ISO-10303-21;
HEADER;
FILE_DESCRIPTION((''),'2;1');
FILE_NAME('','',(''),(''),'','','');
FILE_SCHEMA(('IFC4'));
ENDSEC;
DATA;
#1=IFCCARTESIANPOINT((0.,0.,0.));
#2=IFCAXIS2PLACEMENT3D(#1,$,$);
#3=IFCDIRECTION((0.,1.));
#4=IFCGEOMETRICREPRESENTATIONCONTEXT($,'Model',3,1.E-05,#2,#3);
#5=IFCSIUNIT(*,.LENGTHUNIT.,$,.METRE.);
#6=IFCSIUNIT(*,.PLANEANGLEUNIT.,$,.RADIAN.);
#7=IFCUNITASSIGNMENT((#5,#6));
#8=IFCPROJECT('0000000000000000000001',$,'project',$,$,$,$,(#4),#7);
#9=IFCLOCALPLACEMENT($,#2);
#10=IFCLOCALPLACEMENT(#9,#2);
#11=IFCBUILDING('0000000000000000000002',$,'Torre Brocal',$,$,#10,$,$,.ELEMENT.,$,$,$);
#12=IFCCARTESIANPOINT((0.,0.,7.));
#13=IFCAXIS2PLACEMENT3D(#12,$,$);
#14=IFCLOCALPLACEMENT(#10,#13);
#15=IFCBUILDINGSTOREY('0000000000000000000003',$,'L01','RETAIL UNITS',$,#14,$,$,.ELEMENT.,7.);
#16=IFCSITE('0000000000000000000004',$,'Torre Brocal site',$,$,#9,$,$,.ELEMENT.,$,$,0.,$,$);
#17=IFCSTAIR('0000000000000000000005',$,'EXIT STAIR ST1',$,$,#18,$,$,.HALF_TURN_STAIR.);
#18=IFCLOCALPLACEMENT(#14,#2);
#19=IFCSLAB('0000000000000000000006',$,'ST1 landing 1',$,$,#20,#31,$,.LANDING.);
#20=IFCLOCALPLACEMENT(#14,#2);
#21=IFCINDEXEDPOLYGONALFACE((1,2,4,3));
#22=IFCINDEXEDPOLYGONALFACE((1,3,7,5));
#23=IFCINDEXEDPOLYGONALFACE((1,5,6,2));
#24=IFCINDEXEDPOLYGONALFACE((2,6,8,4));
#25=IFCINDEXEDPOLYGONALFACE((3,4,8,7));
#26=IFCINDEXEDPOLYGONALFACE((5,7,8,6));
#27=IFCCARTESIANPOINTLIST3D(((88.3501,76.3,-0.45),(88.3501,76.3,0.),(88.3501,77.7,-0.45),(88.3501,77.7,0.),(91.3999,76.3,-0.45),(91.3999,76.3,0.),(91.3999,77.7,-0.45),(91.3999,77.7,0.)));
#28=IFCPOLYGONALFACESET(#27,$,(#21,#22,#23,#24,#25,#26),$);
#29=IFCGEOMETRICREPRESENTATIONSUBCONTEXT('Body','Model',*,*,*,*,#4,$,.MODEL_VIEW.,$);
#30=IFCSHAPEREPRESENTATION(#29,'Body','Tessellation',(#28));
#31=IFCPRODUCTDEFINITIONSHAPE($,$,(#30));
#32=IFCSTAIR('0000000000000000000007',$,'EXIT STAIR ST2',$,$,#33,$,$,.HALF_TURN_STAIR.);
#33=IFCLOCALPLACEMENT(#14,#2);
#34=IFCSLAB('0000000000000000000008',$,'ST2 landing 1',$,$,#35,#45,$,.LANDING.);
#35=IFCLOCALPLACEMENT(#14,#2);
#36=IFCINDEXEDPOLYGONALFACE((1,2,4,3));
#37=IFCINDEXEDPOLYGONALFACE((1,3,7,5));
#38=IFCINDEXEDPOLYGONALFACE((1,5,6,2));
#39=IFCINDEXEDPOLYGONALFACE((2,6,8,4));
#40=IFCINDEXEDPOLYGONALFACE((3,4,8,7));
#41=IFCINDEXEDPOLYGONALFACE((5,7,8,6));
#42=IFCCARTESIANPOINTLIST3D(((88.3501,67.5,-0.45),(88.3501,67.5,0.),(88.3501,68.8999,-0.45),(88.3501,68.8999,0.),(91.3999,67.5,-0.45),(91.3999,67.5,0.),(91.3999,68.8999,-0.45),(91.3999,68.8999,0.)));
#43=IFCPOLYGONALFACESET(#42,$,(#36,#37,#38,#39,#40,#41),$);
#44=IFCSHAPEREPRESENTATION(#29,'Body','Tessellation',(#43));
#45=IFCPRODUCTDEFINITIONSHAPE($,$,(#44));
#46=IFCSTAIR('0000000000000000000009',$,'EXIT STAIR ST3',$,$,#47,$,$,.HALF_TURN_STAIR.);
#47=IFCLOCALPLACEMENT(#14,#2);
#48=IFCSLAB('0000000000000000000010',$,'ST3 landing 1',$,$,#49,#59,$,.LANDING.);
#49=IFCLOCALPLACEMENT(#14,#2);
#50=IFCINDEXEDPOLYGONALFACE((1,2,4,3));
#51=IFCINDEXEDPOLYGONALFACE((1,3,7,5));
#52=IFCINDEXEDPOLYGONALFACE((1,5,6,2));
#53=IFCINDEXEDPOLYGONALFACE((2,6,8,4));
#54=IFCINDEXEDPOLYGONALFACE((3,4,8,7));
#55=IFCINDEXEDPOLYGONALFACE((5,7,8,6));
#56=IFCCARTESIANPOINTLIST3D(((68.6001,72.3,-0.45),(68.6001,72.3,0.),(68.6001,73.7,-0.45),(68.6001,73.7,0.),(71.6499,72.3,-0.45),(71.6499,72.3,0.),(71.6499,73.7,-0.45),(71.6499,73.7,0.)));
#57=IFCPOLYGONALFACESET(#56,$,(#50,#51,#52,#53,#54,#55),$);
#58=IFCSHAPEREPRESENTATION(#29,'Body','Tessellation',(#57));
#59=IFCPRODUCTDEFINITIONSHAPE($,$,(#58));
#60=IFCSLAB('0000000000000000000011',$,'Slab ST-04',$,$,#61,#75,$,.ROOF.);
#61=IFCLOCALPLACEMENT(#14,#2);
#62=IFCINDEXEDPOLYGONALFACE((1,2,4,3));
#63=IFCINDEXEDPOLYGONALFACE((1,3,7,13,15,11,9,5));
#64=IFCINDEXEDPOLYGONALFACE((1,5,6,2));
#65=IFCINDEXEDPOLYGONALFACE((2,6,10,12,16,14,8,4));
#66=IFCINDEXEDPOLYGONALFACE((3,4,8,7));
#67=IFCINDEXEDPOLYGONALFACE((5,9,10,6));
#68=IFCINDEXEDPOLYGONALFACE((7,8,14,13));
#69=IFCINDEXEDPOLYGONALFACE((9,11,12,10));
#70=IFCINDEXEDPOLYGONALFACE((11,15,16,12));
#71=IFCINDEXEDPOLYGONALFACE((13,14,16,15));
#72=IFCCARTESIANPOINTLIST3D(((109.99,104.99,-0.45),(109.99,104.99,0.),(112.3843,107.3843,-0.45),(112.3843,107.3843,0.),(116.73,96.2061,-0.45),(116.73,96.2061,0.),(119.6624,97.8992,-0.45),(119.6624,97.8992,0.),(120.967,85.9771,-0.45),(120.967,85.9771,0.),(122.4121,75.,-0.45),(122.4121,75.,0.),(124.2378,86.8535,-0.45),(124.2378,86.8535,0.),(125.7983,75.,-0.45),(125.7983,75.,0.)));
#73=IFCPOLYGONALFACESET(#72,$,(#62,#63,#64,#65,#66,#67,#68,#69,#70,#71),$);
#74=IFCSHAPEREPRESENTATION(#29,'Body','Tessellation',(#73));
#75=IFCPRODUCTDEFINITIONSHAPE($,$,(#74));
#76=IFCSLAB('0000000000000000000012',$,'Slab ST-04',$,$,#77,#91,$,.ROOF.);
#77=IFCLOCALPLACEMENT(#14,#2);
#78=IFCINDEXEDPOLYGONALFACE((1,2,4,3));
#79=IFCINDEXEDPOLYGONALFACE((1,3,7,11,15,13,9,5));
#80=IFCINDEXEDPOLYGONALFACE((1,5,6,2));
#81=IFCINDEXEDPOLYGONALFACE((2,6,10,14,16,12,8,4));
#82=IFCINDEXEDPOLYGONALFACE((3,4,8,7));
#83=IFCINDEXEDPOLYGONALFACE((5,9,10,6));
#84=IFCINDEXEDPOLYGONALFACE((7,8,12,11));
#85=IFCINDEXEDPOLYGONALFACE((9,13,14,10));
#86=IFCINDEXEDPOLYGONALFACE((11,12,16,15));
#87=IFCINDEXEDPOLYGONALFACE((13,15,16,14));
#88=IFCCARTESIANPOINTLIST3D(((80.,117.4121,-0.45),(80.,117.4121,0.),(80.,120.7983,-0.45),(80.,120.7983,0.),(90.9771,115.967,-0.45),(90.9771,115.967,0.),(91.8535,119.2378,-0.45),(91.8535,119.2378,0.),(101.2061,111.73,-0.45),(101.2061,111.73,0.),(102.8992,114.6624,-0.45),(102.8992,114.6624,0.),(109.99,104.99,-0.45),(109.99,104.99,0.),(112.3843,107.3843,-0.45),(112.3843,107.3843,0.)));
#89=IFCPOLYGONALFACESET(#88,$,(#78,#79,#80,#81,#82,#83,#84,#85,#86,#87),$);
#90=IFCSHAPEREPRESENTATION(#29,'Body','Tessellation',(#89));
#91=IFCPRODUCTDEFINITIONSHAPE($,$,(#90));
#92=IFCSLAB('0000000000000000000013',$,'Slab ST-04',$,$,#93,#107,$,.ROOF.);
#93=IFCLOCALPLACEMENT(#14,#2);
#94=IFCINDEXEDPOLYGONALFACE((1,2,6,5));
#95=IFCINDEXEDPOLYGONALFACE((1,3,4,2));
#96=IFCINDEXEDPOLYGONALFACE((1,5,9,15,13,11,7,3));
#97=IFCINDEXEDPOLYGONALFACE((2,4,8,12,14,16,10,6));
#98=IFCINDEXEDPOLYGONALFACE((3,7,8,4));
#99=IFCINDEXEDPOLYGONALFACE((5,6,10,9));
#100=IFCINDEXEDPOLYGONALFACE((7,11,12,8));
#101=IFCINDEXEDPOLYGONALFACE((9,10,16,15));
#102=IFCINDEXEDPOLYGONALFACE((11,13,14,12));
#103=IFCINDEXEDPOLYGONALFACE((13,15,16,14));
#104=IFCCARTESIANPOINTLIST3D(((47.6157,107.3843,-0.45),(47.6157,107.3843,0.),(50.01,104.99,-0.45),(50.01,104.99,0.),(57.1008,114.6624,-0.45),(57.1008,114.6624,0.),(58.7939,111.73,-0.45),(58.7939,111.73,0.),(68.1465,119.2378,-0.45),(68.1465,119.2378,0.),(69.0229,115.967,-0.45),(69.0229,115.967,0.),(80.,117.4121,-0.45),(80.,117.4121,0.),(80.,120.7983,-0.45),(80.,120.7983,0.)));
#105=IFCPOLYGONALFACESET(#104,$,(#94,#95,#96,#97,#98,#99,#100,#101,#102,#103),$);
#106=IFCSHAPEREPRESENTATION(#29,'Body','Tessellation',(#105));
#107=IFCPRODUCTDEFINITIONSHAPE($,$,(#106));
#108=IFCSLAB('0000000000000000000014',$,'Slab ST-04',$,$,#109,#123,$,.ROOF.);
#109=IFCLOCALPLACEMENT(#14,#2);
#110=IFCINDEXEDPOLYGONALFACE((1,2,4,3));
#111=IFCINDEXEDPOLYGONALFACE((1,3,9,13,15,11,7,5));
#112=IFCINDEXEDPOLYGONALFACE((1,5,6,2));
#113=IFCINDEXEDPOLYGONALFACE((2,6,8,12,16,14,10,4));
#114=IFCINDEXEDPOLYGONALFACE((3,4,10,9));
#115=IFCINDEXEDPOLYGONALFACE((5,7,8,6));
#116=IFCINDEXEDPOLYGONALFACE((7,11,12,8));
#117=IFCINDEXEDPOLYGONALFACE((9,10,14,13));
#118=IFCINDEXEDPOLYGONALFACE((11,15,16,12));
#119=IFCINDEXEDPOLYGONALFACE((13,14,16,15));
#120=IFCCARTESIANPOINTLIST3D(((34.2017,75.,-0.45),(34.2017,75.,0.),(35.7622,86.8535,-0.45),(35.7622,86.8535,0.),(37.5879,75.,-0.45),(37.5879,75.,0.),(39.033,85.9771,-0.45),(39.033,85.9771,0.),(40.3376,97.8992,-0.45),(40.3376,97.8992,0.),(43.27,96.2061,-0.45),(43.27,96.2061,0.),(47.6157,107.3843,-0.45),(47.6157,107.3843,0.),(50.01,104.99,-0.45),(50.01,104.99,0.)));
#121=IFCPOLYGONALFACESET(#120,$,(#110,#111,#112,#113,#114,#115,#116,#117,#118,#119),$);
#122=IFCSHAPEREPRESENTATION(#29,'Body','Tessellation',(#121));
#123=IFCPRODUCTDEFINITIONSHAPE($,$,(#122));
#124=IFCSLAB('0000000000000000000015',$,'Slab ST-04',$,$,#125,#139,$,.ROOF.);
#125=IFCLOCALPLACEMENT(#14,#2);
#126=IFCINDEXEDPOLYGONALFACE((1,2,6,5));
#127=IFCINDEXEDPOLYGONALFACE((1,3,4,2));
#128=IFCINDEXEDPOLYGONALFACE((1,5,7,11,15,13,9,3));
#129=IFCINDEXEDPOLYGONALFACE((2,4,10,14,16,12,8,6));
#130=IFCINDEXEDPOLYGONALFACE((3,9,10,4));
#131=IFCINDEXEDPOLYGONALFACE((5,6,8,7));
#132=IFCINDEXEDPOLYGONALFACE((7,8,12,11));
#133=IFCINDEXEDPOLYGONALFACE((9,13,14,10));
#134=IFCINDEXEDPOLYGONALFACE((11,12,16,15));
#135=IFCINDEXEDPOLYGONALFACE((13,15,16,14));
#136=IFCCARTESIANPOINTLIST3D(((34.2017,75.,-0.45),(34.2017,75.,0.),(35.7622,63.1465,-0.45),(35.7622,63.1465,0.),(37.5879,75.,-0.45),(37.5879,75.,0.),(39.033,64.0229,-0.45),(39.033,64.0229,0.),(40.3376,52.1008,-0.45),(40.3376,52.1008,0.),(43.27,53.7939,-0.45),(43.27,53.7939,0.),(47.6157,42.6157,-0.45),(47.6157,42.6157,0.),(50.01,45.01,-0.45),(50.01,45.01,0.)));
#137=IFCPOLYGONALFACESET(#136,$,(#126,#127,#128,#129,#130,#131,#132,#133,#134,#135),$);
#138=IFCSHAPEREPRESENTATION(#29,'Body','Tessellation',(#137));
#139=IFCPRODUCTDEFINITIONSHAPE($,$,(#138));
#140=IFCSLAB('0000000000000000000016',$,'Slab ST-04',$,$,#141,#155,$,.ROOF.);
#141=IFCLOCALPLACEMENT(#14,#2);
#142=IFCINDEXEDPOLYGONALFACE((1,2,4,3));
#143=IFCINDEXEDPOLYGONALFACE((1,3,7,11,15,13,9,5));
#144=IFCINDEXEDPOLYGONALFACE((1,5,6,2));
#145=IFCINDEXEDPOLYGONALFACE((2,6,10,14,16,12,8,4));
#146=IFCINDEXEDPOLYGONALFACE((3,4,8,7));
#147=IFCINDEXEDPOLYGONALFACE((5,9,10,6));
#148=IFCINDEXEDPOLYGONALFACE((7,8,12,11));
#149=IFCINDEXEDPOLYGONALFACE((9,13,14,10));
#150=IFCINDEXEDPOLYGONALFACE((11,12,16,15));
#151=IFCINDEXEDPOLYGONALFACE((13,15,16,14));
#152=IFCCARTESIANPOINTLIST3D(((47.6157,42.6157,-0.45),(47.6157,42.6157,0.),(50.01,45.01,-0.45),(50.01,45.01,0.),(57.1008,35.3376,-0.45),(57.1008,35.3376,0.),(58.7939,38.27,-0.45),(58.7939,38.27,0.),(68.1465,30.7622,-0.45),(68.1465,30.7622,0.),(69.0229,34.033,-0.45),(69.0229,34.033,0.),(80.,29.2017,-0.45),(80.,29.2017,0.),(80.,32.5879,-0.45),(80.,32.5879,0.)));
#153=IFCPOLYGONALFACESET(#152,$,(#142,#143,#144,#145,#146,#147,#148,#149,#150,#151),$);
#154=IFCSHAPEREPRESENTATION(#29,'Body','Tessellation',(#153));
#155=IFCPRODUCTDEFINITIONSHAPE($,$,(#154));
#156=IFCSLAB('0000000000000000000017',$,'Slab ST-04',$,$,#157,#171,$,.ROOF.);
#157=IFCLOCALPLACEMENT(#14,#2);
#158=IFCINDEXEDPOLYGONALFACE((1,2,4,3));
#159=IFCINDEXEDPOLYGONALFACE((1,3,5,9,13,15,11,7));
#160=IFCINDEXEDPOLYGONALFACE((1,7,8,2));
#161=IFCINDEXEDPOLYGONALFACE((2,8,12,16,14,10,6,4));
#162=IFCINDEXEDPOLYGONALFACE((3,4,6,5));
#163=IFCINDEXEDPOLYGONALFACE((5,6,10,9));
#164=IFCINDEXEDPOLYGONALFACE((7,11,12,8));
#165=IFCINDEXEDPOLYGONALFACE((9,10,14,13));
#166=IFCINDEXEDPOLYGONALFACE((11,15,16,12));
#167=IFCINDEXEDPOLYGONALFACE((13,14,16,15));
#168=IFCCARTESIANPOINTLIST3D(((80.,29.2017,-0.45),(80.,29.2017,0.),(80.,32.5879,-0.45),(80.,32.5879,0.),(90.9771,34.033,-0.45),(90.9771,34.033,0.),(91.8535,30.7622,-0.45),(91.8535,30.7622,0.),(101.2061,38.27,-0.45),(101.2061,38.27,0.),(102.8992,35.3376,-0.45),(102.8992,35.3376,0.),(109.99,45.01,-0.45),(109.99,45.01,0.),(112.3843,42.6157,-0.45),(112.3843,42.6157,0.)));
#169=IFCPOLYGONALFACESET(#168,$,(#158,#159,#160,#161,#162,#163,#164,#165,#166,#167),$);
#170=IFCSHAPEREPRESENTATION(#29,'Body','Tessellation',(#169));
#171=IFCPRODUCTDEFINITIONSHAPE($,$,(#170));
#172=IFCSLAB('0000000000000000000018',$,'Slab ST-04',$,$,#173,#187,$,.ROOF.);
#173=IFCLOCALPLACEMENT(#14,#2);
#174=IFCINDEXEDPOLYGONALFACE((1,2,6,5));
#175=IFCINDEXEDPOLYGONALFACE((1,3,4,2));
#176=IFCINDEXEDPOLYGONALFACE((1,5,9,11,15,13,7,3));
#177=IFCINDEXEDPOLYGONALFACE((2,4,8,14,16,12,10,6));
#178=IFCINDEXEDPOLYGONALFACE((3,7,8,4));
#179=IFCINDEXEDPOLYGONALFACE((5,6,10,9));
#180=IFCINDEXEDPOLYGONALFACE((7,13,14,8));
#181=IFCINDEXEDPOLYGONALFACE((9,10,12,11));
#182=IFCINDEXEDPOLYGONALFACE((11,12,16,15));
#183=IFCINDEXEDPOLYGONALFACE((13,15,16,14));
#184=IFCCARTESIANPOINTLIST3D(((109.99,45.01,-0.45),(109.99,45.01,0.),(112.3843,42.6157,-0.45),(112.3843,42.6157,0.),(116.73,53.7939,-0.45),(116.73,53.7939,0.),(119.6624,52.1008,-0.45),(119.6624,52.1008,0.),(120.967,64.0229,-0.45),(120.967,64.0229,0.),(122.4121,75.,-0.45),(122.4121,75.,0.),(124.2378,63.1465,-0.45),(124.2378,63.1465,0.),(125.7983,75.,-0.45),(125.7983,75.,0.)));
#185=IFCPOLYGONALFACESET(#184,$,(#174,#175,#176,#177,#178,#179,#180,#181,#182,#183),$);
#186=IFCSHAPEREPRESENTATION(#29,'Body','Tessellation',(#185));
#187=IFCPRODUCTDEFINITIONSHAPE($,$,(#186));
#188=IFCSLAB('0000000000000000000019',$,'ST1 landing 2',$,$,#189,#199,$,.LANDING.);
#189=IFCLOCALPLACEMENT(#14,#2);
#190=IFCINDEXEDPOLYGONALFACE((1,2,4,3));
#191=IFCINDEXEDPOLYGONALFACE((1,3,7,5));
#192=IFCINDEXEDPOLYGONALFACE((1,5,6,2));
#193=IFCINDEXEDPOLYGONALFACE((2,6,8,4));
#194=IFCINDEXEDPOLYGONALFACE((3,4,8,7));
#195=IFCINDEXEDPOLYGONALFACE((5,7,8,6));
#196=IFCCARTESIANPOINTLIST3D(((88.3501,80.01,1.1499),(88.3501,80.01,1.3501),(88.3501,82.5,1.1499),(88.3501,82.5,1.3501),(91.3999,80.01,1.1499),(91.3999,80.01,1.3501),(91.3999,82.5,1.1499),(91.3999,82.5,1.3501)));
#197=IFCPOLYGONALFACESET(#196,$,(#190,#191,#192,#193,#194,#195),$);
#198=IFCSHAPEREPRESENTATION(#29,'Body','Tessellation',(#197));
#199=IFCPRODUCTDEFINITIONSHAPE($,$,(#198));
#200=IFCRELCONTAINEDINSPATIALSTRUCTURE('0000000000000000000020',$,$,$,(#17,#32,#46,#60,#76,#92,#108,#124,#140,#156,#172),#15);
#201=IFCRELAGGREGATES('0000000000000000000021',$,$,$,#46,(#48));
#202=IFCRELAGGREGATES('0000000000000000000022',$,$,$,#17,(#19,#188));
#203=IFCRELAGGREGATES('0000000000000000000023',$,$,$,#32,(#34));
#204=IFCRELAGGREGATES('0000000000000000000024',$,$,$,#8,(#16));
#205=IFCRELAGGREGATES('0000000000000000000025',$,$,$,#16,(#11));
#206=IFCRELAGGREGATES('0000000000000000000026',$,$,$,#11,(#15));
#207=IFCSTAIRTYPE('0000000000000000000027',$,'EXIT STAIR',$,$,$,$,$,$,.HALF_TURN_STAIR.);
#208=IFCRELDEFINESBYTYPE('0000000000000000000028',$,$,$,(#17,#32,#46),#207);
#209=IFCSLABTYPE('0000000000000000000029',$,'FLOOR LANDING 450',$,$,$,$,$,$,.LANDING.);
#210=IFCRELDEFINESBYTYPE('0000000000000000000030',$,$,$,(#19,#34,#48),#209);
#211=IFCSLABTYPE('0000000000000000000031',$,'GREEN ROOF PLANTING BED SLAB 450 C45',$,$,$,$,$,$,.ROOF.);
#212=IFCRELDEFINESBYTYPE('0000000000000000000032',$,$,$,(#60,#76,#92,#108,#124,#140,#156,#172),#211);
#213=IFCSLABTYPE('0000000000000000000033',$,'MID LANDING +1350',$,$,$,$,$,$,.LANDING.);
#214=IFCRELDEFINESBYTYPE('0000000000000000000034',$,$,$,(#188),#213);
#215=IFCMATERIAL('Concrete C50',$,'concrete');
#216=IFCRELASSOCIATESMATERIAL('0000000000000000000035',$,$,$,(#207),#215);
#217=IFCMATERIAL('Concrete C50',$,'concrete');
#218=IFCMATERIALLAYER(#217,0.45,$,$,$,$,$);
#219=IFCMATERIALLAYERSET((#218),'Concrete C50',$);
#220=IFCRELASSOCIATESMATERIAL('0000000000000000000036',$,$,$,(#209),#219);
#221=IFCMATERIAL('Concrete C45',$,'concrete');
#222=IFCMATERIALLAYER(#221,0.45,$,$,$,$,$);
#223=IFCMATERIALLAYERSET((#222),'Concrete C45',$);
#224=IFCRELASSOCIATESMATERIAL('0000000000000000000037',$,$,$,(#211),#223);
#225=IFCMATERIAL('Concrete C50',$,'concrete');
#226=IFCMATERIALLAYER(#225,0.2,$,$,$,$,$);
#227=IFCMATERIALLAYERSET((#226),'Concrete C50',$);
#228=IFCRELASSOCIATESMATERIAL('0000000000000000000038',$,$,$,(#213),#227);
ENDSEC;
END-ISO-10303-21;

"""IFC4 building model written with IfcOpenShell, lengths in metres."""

from ifc_helpers import new_model, si_unit, direction, frame, origin, place, context, subcontext, project, spatial, polyline, outline, extrude, material, layer, layer_set, type_object, element, aggregate, save


model = new_model("IFC4")

# Units and contexts
model_context = context("Model", 3, precision=1e-05, world=origin(), true_north=direction((0.0, 1.0)))
body_context = subcontext(model_context, "Body", "Model", "MODEL_VIEW")
ifc_project = project(units=[si_unit("LENGTHUNIT", "METRE"), si_unit("PLANEANGLEUNIT", "RADIAN")], contexts=[model_context])

# Site, building, storey
site_placement = place(None, origin())
site = spatial("IfcSite", under=ifc_project, at=site_placement, Name="Torre Brocal site", CompositionType="ELEMENT", RefElevation=0.0)
building_placement = place(site_placement, origin())
building = spatial("IfcBuilding", under=site, at=building_placement, Name="Torre Brocal", CompositionType="ELEMENT")
storey_placement = place(building_placement, frame((0.0, 0.0, 7.0)))
storey = spatial("IfcBuildingStorey", under=building, at=storey_placement, Name="L01", Description="RETAIL UNITS", CompositionType="ELEMENT", Elevation=7.0)

# Stairs, slabs
ifc_material_1 = material(Name="Concrete C50", Category="concrete")
stair_type = type_object("IfcStairType", Name="EXIT STAIR", PredefinedType="HALF_TURN_STAIR", material=ifc_material_1)
stair_1_placement = place(storey_placement, origin())
stair_1 = element("IfcStair", 1, at=stair_1_placement, inside=storey, type_object=stair_type, Name="EXIT STAIR ST1", PredefinedType="HALF_TURN_STAIR")
ifc_material_2 = material(Name="Concrete C50", Category="concrete")
ifc_layer_1 = layer(ifc_material_2, 0.45)
ifc_layer_set_1 = layer_set([ifc_layer_1], Name="Concrete C50")
slab_type_1 = type_object("IfcSlabType", Name="FLOOR LANDING 450", PredefinedType="LANDING", material=ifc_layer_set_1)
slab_1_placement = place(storey_placement, frame((0.0, 0.0, -0.45)))
slab_1 = element("IfcSlab", 2, at=slab_1_placement, type_object=slab_type_1, Name="ST1 landing 1", PredefinedType="LANDING", context=body_context, shape_type="SweptSolid", body=[
    extrude(outline(polyline([(88.3501, 76.3), (91.3999, 76.3), (91.3999, 77.7), (88.3501, 77.7), (88.3501, 76.3)])), origin(), (0.0, 0.0, 1.0), 0.45),
])
stair_2_placement = place(storey_placement, origin())
stair_2 = element("IfcStair", 3, at=stair_2_placement, inside=storey, type_object=stair_type, Name="EXIT STAIR ST2", PredefinedType="HALF_TURN_STAIR")
slab_2_placement = place(storey_placement, frame((0.0, 0.0, -0.45)))
slab_2 = element("IfcSlab", 4, at=slab_2_placement, type_object=slab_type_1, Name="ST2 landing 1", PredefinedType="LANDING", context=body_context, shape_type="SweptSolid", body=[
    extrude(outline(polyline([(88.3501, 67.5), (91.3999, 67.5), (91.3999, 68.8999), (88.3501, 68.8999), (88.3501, 67.5)])), origin(), (0.0, 0.0, 1.0), 0.45),
])
stair_3_placement = place(storey_placement, origin())
stair_3 = element("IfcStair", 5, at=stair_3_placement, inside=storey, type_object=stair_type, Name="EXIT STAIR ST3", PredefinedType="HALF_TURN_STAIR")
slab_3_placement = place(storey_placement, frame((0.0, 0.0, -0.45)))
slab_3 = element("IfcSlab", 6, at=slab_3_placement, type_object=slab_type_1, Name="ST3 landing 1", PredefinedType="LANDING", context=body_context, shape_type="SweptSolid", body=[
    extrude(outline(polyline([(71.6499, 73.7), (68.6001, 73.7), (68.6001, 72.3), (71.6499, 72.3), (71.6499, 73.7)])), origin(), (0.0, 0.0, 1.0), 0.45),
])

# Slabs
ifc_material_3 = material(Name="Concrete C45", Category="concrete")
ifc_layer_2 = layer(ifc_material_3, 0.45)
ifc_layer_set_2 = layer_set([ifc_layer_2], Name="Concrete C45")
slab_type_2 = type_object("IfcSlabType", Name="GREEN ROOF PLANTING BED SLAB 450 C45", PredefinedType="ROOF", material=ifc_layer_set_2)
slab_4_placement = place(storey_placement, frame((0.0, 0.0, -0.45)))
element("IfcSlab", 7, at=slab_4_placement, inside=storey, type_object=slab_type_2, Name="Slab ST-04", PredefinedType="ROOF", context=body_context, shape_type="SweptSolid", body=[
    extrude(outline(polyline([(125.7983, 75.0), (122.4121, 75.0), (120.967, 85.9771), (116.73, 96.2061), (109.99, 104.99), (112.3843, 107.3843), (119.6624, 97.8992), (124.2378, 86.8535), (125.7983, 75.0)])), origin(), (0.0, 0.0, 1.0), 0.45),
])
slab_5_placement = place(storey_placement, frame((0.0, 0.0, -0.45)))
element("IfcSlab", 8, at=slab_5_placement, inside=storey, type_object=slab_type_2, Name="Slab ST-04", PredefinedType="ROOF", context=body_context, shape_type="SweptSolid", body=[
    extrude(outline(polyline([(112.3843, 107.3843), (109.99, 104.99), (101.2061, 111.73), (90.9771, 115.967), (80.0, 117.4121), (80.0, 120.7983), (91.8535, 119.2378), (102.8992, 114.6624), (112.3843, 107.3843)])), origin(), (0.0, 0.0, 1.0), 0.45),
])
slab_6_placement = place(storey_placement, frame((0.0, 0.0, -0.45)))
element("IfcSlab", 9, at=slab_6_placement, inside=storey, type_object=slab_type_2, Name="Slab ST-04", PredefinedType="ROOF", context=body_context, shape_type="SweptSolid", body=[
    extrude(outline(polyline([(80.0, 120.7983), (80.0, 117.4121), (69.0229, 115.967), (58.7939, 111.73), (50.01, 104.99), (47.6157, 107.3843), (57.1008, 114.6624), (68.1465, 119.2378), (80.0, 120.7983)])), origin(), (0.0, 0.0, 1.0), 0.45),
])
slab_7_placement = place(storey_placement, frame((0.0, 0.0, -0.45)))
element("IfcSlab", 10, at=slab_7_placement, inside=storey, type_object=slab_type_2, Name="Slab ST-04", PredefinedType="ROOF", context=body_context, shape_type="SweptSolid", body=[
    extrude(outline(polyline([(47.6157, 107.3843), (50.01, 104.99), (43.27, 96.2061), (39.033, 85.9771), (37.5879, 75.0), (34.2017, 75.0), (35.7622, 86.8535), (40.3376, 97.8992), (47.6157, 107.3843)])), origin(), (0.0, 0.0, 1.0), 0.45),
])
slab_8_placement = place(storey_placement, frame((0.0, 0.0, -0.45)))
element("IfcSlab", 11, at=slab_8_placement, inside=storey, type_object=slab_type_2, Name="Slab ST-04", PredefinedType="ROOF", context=body_context, shape_type="SweptSolid", body=[
    extrude(outline(polyline([(34.2017, 75.0), (37.5879, 75.0), (39.033, 64.0229), (43.27, 53.7939), (50.01, 45.01), (47.6157, 42.6157), (40.3376, 52.1008), (35.7622, 63.1465), (34.2017, 75.0)])), origin(), (0.0, 0.0, 1.0), 0.45),
])
slab_9_placement = place(storey_placement, frame((0.0, 0.0, -0.45)))
element("IfcSlab", 12, at=slab_9_placement, inside=storey, type_object=slab_type_2, Name="Slab ST-04", PredefinedType="ROOF", context=body_context, shape_type="SweptSolid", body=[
    extrude(outline(polyline([(47.6157, 42.6157), (50.01, 45.01), (58.7939, 38.27), (69.0229, 34.033), (80.0, 32.5879), (80.0, 29.2017), (68.1465, 30.7622), (57.1008, 35.3376), (47.6157, 42.6157)])), origin(), (0.0, 0.0, 1.0), 0.45),
])
slab_10_placement = place(storey_placement, frame((0.0, 0.0, -0.45)))
element("IfcSlab", 13, at=slab_10_placement, inside=storey, type_object=slab_type_2, Name="Slab ST-04", PredefinedType="ROOF", context=body_context, shape_type="SweptSolid", body=[
    extrude(outline(polyline([(80.0, 29.2017), (80.0, 32.5879), (90.9771, 34.033), (101.2061, 38.27), (109.99, 45.01), (112.3843, 42.6157), (102.8992, 35.3376), (91.8535, 30.7622), (80.0, 29.2017)])), origin(), (0.0, 0.0, 1.0), 0.45),
])
slab_11_placement = place(storey_placement, frame((0.0, 0.0, -0.45)))
element("IfcSlab", 14, at=slab_11_placement, inside=storey, type_object=slab_type_2, Name="Slab ST-04", PredefinedType="ROOF", context=body_context, shape_type="SweptSolid", body=[
    extrude(outline(polyline([(116.73, 53.7939), (120.967, 64.0229), (122.4121, 75.0), (125.7983, 75.0), (124.2378, 63.1465), (119.6624, 52.1008), (112.3843, 42.6157), (109.99, 45.01), (116.73, 53.7939)])), origin(), (0.0, 0.0, 1.0), 0.45),
])

# Slab
ifc_material_4 = material(Name="Concrete C50", Category="concrete")
ifc_layer_3 = layer(ifc_material_4, 0.2)
ifc_layer_set_3 = layer_set([ifc_layer_3], Name="Concrete C50")
slab_type_3 = type_object("IfcSlabType", Name="MID LANDING +1350", PredefinedType="LANDING", material=ifc_layer_set_3)
slab_12_placement = place(storey_placement, frame((0.0, 0.0, 1.1499)))
slab_12 = element("IfcSlab", 15, at=slab_12_placement, type_object=slab_type_3, Name="ST1 landing 2", PredefinedType="LANDING", context=body_context, shape_type="SweptSolid", body=[
    extrude(outline(polyline([(88.3501, 80.01), (91.3999, 80.01), (91.3999, 82.5), (88.3501, 82.5), (88.3501, 80.01)])), origin(), (0.0, 0.0, 1.0), 0.2002),
])
aggregate(stair_3, [slab_3])
aggregate(stair_1, [slab_1, slab_12])
aggregate(stair_2, [slab_2])

save(model, "model.ifc")
